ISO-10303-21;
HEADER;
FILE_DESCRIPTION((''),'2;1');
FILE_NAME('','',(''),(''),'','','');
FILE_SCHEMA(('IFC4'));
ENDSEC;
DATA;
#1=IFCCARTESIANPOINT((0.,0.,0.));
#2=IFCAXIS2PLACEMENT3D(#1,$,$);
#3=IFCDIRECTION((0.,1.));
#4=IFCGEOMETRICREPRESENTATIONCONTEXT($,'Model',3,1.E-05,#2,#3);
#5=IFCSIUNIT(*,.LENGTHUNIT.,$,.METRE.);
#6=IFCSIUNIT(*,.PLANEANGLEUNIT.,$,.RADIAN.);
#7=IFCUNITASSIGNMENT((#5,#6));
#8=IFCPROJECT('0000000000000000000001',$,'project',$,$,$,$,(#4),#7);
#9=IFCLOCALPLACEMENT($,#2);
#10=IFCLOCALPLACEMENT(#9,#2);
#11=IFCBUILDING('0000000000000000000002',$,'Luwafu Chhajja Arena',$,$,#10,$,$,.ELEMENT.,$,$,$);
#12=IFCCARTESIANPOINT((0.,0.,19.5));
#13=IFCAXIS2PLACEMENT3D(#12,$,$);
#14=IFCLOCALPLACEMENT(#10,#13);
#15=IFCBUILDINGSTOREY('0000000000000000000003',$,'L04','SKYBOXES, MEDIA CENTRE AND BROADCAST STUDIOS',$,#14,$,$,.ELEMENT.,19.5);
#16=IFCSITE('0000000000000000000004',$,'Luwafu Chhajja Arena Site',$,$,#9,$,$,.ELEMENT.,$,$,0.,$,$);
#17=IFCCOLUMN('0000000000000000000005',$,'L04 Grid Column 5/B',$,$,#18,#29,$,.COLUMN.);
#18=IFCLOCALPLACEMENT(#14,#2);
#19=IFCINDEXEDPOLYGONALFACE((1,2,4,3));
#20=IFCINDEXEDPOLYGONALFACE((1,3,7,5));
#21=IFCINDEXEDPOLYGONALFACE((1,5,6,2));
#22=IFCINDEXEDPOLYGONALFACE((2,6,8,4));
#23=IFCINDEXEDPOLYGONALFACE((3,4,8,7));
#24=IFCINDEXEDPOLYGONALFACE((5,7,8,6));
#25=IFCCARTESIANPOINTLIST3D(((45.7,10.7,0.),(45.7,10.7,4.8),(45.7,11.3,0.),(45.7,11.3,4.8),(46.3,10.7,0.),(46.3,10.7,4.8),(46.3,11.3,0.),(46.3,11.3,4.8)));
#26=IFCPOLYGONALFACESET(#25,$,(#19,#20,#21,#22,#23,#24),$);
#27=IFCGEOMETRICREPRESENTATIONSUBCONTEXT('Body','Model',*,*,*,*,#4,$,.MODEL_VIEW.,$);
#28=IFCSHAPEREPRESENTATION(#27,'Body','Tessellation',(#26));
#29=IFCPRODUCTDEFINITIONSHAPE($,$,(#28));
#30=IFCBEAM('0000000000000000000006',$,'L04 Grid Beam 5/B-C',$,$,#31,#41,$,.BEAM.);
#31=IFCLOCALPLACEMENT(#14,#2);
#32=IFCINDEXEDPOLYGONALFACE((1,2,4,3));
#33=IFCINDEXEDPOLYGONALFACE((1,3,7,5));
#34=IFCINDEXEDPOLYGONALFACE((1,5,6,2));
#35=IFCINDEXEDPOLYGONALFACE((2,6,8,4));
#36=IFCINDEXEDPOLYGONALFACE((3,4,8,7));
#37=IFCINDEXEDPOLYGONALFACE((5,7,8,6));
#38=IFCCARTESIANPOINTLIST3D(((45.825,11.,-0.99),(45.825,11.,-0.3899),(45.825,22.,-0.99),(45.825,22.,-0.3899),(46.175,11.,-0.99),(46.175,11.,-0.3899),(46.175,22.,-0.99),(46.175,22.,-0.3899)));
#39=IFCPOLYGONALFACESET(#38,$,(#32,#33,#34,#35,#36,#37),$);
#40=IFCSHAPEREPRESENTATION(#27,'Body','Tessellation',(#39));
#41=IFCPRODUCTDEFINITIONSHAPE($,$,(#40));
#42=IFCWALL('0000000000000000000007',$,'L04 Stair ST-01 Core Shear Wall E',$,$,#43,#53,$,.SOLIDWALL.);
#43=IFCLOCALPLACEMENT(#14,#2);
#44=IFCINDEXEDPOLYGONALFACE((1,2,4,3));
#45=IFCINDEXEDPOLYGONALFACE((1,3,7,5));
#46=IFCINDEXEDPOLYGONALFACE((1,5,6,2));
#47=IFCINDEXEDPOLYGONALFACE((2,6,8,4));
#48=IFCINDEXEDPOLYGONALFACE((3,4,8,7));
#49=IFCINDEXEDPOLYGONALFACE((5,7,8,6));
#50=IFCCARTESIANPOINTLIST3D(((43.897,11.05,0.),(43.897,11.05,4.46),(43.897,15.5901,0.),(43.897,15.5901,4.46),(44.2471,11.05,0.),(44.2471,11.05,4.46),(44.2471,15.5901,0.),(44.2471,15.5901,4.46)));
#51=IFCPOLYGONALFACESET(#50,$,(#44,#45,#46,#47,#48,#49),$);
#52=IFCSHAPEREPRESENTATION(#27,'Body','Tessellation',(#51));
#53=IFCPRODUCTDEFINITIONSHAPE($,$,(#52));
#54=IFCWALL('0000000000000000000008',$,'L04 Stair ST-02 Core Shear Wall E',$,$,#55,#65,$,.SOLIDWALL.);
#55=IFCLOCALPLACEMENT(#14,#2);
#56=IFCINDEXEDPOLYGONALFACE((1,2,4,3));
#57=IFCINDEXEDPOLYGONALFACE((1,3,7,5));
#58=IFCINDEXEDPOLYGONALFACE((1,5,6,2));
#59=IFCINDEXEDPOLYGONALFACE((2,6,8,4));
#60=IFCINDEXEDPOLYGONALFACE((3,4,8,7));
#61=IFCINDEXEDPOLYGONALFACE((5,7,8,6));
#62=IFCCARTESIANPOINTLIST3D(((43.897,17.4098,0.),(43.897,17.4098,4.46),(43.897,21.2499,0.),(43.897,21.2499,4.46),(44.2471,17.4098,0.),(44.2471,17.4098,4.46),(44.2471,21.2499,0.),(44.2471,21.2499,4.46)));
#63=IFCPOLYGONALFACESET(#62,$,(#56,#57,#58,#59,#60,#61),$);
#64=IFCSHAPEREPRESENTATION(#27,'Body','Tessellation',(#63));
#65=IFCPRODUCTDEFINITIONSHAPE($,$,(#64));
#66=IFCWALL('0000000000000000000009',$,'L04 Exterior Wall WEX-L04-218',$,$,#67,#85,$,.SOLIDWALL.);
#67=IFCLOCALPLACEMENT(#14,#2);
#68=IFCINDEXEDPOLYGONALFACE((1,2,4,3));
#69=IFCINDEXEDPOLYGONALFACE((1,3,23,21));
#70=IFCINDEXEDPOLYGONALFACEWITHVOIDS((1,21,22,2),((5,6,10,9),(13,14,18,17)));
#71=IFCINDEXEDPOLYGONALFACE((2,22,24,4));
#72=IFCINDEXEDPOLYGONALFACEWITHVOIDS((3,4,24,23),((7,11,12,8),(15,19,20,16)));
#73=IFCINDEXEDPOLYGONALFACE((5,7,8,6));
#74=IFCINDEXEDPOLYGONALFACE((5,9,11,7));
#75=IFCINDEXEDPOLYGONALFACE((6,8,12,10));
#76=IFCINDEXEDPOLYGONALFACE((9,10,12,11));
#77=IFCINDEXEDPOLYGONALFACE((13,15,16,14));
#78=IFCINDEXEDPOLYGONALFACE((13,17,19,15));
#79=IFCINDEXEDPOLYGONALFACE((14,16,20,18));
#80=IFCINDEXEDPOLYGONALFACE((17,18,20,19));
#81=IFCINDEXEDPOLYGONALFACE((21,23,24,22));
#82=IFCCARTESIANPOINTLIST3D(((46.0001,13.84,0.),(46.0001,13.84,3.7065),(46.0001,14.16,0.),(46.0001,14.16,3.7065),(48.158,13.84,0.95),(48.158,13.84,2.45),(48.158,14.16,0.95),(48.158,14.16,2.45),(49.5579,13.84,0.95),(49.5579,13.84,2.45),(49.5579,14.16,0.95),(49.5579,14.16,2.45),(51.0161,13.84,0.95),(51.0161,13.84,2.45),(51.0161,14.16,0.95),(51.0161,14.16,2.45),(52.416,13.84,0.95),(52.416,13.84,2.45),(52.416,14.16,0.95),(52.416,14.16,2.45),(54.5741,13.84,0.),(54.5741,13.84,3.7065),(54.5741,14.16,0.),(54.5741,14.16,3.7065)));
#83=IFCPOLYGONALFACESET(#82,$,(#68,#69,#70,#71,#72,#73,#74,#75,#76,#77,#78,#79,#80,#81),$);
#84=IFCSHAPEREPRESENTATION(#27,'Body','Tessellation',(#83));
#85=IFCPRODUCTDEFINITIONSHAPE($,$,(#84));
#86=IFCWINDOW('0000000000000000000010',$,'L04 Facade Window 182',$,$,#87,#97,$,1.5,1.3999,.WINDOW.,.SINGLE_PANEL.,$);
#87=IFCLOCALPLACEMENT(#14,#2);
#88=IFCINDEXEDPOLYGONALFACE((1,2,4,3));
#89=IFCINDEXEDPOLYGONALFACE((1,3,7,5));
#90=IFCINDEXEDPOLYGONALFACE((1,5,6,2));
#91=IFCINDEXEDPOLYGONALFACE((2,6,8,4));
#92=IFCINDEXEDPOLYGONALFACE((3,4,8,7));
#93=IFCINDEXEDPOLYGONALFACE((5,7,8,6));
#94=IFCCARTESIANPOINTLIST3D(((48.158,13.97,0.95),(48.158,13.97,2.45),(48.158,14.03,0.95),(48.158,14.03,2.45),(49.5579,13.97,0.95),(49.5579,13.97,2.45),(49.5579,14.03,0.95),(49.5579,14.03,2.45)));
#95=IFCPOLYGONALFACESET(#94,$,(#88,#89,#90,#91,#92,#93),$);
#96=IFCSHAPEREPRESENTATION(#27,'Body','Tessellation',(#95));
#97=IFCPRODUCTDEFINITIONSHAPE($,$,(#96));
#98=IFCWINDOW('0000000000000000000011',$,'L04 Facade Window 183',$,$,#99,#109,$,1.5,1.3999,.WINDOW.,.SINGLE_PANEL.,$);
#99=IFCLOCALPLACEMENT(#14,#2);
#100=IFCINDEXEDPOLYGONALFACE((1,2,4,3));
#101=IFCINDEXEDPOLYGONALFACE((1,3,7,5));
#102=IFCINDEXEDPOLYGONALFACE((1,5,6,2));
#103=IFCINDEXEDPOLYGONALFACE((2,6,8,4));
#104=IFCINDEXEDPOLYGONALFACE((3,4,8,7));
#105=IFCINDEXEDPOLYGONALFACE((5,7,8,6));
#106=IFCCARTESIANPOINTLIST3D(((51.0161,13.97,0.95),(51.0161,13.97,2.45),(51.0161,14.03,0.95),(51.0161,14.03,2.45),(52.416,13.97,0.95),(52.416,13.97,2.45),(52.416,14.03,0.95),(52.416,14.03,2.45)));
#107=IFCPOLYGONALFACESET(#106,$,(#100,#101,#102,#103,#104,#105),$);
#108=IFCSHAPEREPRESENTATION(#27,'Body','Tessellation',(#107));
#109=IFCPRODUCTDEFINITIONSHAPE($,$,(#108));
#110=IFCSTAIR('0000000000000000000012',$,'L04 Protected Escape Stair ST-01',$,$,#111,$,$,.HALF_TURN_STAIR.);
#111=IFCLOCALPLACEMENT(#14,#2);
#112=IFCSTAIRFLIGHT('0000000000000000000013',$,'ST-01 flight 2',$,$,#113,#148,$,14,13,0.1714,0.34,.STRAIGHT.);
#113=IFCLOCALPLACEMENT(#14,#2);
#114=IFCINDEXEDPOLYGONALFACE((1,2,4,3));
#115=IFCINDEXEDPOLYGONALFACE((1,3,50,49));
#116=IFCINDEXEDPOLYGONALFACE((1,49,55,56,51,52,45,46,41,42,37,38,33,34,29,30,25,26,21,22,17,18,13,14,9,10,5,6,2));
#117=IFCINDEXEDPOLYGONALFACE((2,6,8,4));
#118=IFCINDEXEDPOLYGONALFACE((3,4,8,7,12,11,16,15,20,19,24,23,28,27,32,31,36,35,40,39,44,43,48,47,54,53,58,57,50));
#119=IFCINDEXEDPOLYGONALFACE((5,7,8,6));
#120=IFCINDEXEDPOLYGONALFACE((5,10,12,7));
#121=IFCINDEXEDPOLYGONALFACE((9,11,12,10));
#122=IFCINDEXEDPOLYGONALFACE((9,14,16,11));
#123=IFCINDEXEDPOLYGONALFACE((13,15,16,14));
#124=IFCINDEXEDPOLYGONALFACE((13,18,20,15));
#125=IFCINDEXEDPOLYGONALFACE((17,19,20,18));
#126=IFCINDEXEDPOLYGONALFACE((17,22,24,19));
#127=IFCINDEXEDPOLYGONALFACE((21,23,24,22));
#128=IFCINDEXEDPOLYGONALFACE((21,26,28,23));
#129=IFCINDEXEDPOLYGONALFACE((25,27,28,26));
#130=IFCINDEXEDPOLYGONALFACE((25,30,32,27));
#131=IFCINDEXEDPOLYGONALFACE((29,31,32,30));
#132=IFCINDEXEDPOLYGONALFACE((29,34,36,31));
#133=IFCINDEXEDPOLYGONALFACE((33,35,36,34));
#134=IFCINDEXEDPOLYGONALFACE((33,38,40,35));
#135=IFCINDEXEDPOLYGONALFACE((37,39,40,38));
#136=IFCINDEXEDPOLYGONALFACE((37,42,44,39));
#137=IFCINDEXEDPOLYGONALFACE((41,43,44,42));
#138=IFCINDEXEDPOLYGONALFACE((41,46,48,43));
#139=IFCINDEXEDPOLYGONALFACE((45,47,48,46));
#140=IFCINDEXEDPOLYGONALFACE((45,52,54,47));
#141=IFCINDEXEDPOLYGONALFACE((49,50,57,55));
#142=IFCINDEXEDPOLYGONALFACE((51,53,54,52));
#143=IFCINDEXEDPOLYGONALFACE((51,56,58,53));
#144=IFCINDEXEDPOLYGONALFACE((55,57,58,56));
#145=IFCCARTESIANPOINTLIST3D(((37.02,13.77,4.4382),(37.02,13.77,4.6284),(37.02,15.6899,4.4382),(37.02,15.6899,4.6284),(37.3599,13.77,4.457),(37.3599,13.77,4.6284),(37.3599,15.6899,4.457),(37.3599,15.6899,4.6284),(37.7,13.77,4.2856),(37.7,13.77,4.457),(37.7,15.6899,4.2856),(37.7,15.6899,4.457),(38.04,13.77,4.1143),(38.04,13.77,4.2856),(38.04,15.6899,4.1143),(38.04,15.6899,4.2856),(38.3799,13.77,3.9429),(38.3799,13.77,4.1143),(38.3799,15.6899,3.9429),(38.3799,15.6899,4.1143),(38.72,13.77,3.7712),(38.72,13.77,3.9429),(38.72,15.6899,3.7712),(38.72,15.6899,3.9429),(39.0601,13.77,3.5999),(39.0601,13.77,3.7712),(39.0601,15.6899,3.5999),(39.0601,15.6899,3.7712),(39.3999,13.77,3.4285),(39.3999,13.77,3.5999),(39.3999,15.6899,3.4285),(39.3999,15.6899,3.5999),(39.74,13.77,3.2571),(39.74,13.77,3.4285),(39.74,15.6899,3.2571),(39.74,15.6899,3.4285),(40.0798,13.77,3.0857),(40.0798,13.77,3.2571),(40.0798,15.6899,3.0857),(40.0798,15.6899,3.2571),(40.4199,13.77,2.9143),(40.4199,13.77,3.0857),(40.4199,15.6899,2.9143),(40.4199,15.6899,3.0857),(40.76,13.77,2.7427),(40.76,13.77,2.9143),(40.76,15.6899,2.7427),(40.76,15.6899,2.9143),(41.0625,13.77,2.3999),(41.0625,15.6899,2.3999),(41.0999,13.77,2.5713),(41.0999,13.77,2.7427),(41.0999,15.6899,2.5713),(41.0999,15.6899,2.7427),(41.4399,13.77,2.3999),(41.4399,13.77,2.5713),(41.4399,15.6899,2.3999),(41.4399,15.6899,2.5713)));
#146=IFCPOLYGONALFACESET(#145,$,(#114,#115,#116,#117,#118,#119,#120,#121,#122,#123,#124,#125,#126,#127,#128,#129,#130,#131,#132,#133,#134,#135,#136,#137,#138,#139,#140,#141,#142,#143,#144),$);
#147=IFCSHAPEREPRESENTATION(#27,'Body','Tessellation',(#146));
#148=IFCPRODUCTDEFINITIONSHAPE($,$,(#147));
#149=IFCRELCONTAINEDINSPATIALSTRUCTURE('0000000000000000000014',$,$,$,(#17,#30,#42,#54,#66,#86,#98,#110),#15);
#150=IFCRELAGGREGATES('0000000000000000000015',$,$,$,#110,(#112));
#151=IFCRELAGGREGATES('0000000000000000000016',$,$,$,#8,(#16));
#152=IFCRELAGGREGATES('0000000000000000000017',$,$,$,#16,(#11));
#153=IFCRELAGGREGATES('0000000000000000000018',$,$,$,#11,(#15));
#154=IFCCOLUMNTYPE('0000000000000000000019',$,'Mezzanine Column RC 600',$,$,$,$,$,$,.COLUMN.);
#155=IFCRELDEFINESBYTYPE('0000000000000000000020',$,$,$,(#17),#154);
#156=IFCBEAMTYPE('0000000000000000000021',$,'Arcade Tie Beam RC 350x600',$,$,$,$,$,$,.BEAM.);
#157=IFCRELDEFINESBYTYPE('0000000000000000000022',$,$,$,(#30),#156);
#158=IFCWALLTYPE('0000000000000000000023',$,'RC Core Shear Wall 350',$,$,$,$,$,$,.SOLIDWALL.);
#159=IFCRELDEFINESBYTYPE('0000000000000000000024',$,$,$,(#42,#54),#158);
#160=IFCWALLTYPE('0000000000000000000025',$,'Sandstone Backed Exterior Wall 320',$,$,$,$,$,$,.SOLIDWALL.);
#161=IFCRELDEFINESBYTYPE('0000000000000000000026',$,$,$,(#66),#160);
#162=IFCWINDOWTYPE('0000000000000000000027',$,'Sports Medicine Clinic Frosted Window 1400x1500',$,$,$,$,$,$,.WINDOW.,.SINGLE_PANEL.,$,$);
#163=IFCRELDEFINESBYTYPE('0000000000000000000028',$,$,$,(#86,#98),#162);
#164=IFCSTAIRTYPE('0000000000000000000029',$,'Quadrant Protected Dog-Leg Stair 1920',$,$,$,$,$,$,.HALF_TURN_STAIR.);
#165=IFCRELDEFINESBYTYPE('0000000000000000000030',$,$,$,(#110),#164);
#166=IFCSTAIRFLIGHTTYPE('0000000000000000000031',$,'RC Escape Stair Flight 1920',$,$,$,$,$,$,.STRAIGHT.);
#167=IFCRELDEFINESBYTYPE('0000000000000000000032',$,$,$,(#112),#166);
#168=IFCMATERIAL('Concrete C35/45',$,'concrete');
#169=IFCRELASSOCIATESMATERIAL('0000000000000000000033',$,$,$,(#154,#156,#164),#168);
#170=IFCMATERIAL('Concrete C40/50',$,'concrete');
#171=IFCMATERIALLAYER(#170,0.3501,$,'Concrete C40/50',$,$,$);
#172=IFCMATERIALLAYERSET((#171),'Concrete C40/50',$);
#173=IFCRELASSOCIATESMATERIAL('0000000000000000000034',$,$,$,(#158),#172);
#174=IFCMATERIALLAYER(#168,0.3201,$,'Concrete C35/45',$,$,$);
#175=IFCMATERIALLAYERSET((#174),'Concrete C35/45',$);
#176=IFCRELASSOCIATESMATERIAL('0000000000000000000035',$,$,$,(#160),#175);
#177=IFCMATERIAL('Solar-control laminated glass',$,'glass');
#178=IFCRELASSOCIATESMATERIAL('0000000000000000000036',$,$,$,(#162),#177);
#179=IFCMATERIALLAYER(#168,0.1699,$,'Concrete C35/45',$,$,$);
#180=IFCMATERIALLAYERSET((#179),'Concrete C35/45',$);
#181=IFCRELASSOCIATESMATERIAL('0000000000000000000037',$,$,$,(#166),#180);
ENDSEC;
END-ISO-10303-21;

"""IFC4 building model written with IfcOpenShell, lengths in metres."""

from ifc_helpers import new_model, si_unit, direction, frame, frame_2d, origin, origin_2d, place, context, subcontext, project, spatial, polyline, rectangle, outline, extrude, material, layer, layer_set, material_profile, profile_set, type_object, element, fill, aggregate, save


model = new_model("IFC4")

# Units and contexts
model_context = context("Model", 3, precision=1e-05, world=origin(), true_north=direction((0.0, 1.0)))
body_context = subcontext(model_context, "Body", "Model", "MODEL_VIEW")
ifc_project = project(units=[si_unit("LENGTHUNIT", "METRE"), si_unit("PLANEANGLEUNIT", "RADIAN")], contexts=[model_context])

# Site, building, storey
site_placement = place(None, origin())
site = spatial("IfcSite", under=ifc_project, at=site_placement, Name="Luwafu Chhajja Arena Site", CompositionType="ELEMENT", RefElevation=0.0)
building_placement = place(site_placement, origin())
building = spatial("IfcBuilding", under=site, at=building_placement, Name="Luwafu Chhajja Arena", CompositionType="ELEMENT")
storey_placement = place(building_placement, frame((0.0, 0.0, 19.5)))
storey = spatial("IfcBuildingStorey", under=building, at=storey_placement, Name="L04", Description="SKYBOXES, MEDIA CENTRE AND BROADCAST STUDIOS", CompositionType="ELEMENT", Elevation=19.5)

# Column
ifc_material_1 = material(Name="Concrete C35/45", Category="concrete")
ifc_material_profile_1 = material_profile(ifc_material_1, rectangle(XDim=0.6001, YDim=0.6001, at=origin_2d()), Name="RC 600x600")
ifc_profile_set_1 = profile_set([ifc_material_profile_1], Name="Concrete C35/45")
column_type = type_object("IfcColumnType", Name="Mezzanine Column RC 600", PredefinedType="COLUMN", material=ifc_profile_set_1)
column_placement = place(storey_placement, frame((46.0, 11.0, 0.0), z_axis=(0.0, 0.0, 1.0), x_axis=(1.0, 0.0, 0.0)))
element("IfcColumn", 1, at=column_placement, inside=storey, type_object=column_type, Name="L04 Grid Column 5/B", PredefinedType="COLUMN", context=body_context, shape_type="SweptSolid", body=[
    extrude(rectangle(XDim=0.6001, YDim=0.6001, at=origin_2d()), origin(), (0.0, 0.0, 1.0), 4.8),
])

# Beam
ifc_material_profile_2 = material_profile(ifc_material_1, rectangle(XDim=0.3501, YDim=0.6001, at=origin_2d()), Name="RC 350x600")
ifc_profile_set_2 = profile_set([ifc_material_profile_2], Name="Concrete C35/45")
beam_type = type_object("IfcBeamType", Name="Arcade Tie Beam RC 350x600", PredefinedType="BEAM", material=ifc_profile_set_2)
beam_placement = place(storey_placement, frame((46.0, 11.0, -0.6899), z_axis=(0.0, 1.0, 0.0), x_axis=(-1.0, 0.0, 0.0)))
element("IfcBeam", 2, at=beam_placement, inside=storey, type_object=beam_type, Name="L04 Grid Beam 5/B-C", PredefinedType="BEAM", context=body_context, shape_type="SweptSolid", body=[
    extrude(rectangle(XDim=0.3501, YDim=0.6001, at=origin_2d()), origin(), (0.0, 0.0, 1.0), 11.0),
])

# Walls
ifc_material_2 = material(Name="Concrete C40/50", Category="concrete")
ifc_layer_1 = layer(ifc_material_2, 0.3501, Name="Concrete C40/50")
ifc_layer_set_1 = layer_set([ifc_layer_1], Name="Concrete C40/50")
wall_type_1 = type_object("IfcWallType", Name="RC Core Shear Wall 350", PredefinedType="SOLIDWALL", material=ifc_layer_set_1)
wall_1_placement = place(storey_placement, frame((44.072, 11.05, 0.0), z_axis=(0.0, 0.0, 1.0), x_axis=(0.0, 1.0, 0.0)))
element("IfcWall", 3, at=wall_1_placement, inside=storey, type_object=wall_type_1, Name="L04 Stair ST-01 Core Shear Wall E", PredefinedType="SOLIDWALL", context=body_context, shape_type="SweptSolid", body=[
    extrude(rectangle(XDim=4.54, YDim=0.3501, at=frame_2d((2.27, 0.0))), origin(), (0.0, 0.0, 1.0), 4.46),
])
wall_2_placement = place(storey_placement, frame((44.072, 17.4099, 0.0), z_axis=(0.0, 0.0, 1.0), x_axis=(0.0, 1.0, 0.0)))
element("IfcWall", 4, at=wall_2_placement, inside=storey, type_object=wall_type_1, Name="L04 Stair ST-02 Core Shear Wall E", PredefinedType="SOLIDWALL", context=body_context, shape_type="SweptSolid", body=[
    extrude(rectangle(XDim=3.8401, YDim=0.3501, at=frame_2d((1.9199, 0.0))), origin(), (0.0, 0.0, 1.0), 4.46),
])

# Wall, openings, windows
ifc_layer_2 = layer(ifc_material_1, 0.3201, Name="Concrete C35/45")
ifc_layer_set_2 = layer_set([ifc_layer_2], Name="Concrete C35/45")
wall_type_2 = type_object("IfcWallType", Name="Sandstone Backed Exterior Wall 320", PredefinedType="SOLIDWALL", material=ifc_layer_set_2)
wall_3_placement = place(storey_placement, frame((46.0, 14.0, 0.0), z_axis=(0.0, 0.0, 1.0), x_axis=(1.0, 0.0, 0.0)))
wall_3 = element("IfcWall", 5, at=wall_3_placement, inside=storey, type_object=wall_type_2, Name="L04 Exterior Wall WEX-L04-218", PredefinedType="SOLIDWALL", context=body_context, shape_type="SweptSolid", body=[
    extrude(rectangle(XDim=8.574, YDim=0.3201, at=frame_2d((4.2871, 0.0))), origin(), (0.0, 0.0, 1.0), 3.7065),
])
opening_1_placement = place(wall_3_placement, frame((2.158, 0.0, 0.95)))
opening_1 = element("IfcOpeningElement", 6, at=opening_1_placement, cuts=wall_3, PredefinedType="OPENING", context=body_context, shape_type="SweptSolid", body=[
    extrude(rectangle(XDim=1.3999, YDim=1.5, at=frame_2d((0.7, 0.75))), frame((0.0, 0.1699, 0.0), z_axis=(0.0, -1.0, 0.0), x_axis=(1.0, 0.0, 0.0)), (0.0, 0.0, 1.0), 0.3401),
])
opening_2_placement = place(wall_3_placement, frame((5.0161, 0.0, 0.95)))
opening_2 = element("IfcOpeningElement", 7, at=opening_2_placement, cuts=wall_3, PredefinedType="OPENING", context=body_context, shape_type="SweptSolid", body=[
    extrude(rectangle(XDim=1.3999, YDim=1.5, at=frame_2d((0.7, 0.75))), frame((0.0, 0.1699, 0.0), z_axis=(0.0, -1.0, 0.0), x_axis=(1.0, 0.0, 0.0)), (0.0, 0.0, 1.0), 0.3401),
])
ifc_material_3 = material(Name="Solar-control laminated glass", Category="glass")
window_type = type_object("IfcWindowType", Name="Sports Medicine Clinic Frosted Window 1400x1500", PartitioningType="SINGLE_PANEL", PredefinedType="WINDOW", material=ifc_material_3)
window_1_placement = place(opening_1_placement, origin())
window_1 = element("IfcWindow", 8, at=window_1_placement, inside=storey, type_object=window_type, Name="L04 Facade Window 182", OverallHeight=1.5, OverallWidth=1.3999, PartitioningType="SINGLE_PANEL", PredefinedType="WINDOW", context=body_context, shape_type="SweptSolid", body=[
    extrude(rectangle(XDim=1.3999, YDim=1.5, at=frame_2d((0.7, 0.75))), frame((0.0, 0.03, 0.0), z_axis=(0.0, -1.0, 0.0), x_axis=(1.0, 0.0, 0.0)), (0.0, 0.0, 1.0), 0.0601),
])
fill(opening_1, window_1)
window_2_placement = place(opening_2_placement, origin())
window_2 = element("IfcWindow", 9, at=window_2_placement, inside=storey, type_object=window_type, Name="L04 Facade Window 183", OverallHeight=1.5, OverallWidth=1.3999, PartitioningType="SINGLE_PANEL", PredefinedType="WINDOW", context=body_context, shape_type="SweptSolid", body=[
    extrude(rectangle(XDim=1.3999, YDim=1.5, at=frame_2d((0.7, 0.75))), frame((0.0, 0.03, 0.0), z_axis=(0.0, -1.0, 0.0), x_axis=(1.0, 0.0, 0.0)), (0.0, 0.0, 1.0), 0.0601),
])
fill(opening_2, window_2)

# Stair, stair flight
stair_type = type_object("IfcStairType", Name="Quadrant Protected Dog-Leg Stair 1920", PredefinedType="HALF_TURN_STAIR", material=ifc_material_1)
stair_1_placement = place(storey_placement, origin())
stair_1 = element("IfcStair", 10, at=stair_1_placement, inside=storey, type_object=stair_type, Name="L04 Protected Escape Stair ST-01", PredefinedType="HALF_TURN_STAIR")
ifc_layer_3 = layer(ifc_material_1, 0.1699, Name="Concrete C35/45")
ifc_layer_set_3 = layer_set([ifc_layer_3], Name="Concrete C35/45")
stair_flight_type = type_object("IfcStairFlightType", Name="RC Escape Stair Flight 1920", PredefinedType="STRAIGHT", material=ifc_layer_set_3)
stair_flight_1_placement = place(storey_placement, frame((41.4399, 14.73, 2.3999), z_axis=(0.0, 0.0, 1.0), x_axis=(-1.0, 0.0, 0.0)))
stair_flight_1 = element("IfcStairFlight", 11, at=stair_flight_1_placement, type_object=stair_flight_type, Name="ST-01 flight 2", NumberOfRisers=14, NumberOfTreads=13, PredefinedType="STRAIGHT", RiserHeight=0.1714, TreadLength=0.34, context=body_context, shape_type="SweptSolid", body=[
    extrude(outline(polyline([(0.0, 0.0), (0.0, 0.1714), (0.3401, 0.1714), (0.3401, 0.3428), (0.6799, 0.3428), (0.6799, 0.5144), (1.02, 0.5144), (1.02, 0.6858), (1.3601, 0.6858), (1.3601, 0.8572), (1.7, 0.8572), (1.7, 1.0286), (2.04, 1.0286), (2.04, 1.2), (2.3799, 1.2), (2.3799, 1.3713), (2.72, 1.3713), (2.72, 1.543), (3.0601, 1.543), (3.0601, 1.7144), (3.3999, 1.7144), (3.3999, 1.8857), (3.74, 1.8857), (3.74, 2.0571), (4.0801, 2.0571), (4.0801, 2.2285), (4.4199, 2.2285), (4.4199, 2.3999), (4.4199, 2.0383), (0.3774, 0.0), (0.0, 0.0)])), frame((0.0, 0.96, 0.0), z_axis=(0.0, -1.0, 0.0), x_axis=(1.0, 0.0, 0.0)), (0.0, 0.0, 1.0), 1.9199),
])
aggregate(stair_1, [stair_flight_1])

save(model, "model.ifc")
